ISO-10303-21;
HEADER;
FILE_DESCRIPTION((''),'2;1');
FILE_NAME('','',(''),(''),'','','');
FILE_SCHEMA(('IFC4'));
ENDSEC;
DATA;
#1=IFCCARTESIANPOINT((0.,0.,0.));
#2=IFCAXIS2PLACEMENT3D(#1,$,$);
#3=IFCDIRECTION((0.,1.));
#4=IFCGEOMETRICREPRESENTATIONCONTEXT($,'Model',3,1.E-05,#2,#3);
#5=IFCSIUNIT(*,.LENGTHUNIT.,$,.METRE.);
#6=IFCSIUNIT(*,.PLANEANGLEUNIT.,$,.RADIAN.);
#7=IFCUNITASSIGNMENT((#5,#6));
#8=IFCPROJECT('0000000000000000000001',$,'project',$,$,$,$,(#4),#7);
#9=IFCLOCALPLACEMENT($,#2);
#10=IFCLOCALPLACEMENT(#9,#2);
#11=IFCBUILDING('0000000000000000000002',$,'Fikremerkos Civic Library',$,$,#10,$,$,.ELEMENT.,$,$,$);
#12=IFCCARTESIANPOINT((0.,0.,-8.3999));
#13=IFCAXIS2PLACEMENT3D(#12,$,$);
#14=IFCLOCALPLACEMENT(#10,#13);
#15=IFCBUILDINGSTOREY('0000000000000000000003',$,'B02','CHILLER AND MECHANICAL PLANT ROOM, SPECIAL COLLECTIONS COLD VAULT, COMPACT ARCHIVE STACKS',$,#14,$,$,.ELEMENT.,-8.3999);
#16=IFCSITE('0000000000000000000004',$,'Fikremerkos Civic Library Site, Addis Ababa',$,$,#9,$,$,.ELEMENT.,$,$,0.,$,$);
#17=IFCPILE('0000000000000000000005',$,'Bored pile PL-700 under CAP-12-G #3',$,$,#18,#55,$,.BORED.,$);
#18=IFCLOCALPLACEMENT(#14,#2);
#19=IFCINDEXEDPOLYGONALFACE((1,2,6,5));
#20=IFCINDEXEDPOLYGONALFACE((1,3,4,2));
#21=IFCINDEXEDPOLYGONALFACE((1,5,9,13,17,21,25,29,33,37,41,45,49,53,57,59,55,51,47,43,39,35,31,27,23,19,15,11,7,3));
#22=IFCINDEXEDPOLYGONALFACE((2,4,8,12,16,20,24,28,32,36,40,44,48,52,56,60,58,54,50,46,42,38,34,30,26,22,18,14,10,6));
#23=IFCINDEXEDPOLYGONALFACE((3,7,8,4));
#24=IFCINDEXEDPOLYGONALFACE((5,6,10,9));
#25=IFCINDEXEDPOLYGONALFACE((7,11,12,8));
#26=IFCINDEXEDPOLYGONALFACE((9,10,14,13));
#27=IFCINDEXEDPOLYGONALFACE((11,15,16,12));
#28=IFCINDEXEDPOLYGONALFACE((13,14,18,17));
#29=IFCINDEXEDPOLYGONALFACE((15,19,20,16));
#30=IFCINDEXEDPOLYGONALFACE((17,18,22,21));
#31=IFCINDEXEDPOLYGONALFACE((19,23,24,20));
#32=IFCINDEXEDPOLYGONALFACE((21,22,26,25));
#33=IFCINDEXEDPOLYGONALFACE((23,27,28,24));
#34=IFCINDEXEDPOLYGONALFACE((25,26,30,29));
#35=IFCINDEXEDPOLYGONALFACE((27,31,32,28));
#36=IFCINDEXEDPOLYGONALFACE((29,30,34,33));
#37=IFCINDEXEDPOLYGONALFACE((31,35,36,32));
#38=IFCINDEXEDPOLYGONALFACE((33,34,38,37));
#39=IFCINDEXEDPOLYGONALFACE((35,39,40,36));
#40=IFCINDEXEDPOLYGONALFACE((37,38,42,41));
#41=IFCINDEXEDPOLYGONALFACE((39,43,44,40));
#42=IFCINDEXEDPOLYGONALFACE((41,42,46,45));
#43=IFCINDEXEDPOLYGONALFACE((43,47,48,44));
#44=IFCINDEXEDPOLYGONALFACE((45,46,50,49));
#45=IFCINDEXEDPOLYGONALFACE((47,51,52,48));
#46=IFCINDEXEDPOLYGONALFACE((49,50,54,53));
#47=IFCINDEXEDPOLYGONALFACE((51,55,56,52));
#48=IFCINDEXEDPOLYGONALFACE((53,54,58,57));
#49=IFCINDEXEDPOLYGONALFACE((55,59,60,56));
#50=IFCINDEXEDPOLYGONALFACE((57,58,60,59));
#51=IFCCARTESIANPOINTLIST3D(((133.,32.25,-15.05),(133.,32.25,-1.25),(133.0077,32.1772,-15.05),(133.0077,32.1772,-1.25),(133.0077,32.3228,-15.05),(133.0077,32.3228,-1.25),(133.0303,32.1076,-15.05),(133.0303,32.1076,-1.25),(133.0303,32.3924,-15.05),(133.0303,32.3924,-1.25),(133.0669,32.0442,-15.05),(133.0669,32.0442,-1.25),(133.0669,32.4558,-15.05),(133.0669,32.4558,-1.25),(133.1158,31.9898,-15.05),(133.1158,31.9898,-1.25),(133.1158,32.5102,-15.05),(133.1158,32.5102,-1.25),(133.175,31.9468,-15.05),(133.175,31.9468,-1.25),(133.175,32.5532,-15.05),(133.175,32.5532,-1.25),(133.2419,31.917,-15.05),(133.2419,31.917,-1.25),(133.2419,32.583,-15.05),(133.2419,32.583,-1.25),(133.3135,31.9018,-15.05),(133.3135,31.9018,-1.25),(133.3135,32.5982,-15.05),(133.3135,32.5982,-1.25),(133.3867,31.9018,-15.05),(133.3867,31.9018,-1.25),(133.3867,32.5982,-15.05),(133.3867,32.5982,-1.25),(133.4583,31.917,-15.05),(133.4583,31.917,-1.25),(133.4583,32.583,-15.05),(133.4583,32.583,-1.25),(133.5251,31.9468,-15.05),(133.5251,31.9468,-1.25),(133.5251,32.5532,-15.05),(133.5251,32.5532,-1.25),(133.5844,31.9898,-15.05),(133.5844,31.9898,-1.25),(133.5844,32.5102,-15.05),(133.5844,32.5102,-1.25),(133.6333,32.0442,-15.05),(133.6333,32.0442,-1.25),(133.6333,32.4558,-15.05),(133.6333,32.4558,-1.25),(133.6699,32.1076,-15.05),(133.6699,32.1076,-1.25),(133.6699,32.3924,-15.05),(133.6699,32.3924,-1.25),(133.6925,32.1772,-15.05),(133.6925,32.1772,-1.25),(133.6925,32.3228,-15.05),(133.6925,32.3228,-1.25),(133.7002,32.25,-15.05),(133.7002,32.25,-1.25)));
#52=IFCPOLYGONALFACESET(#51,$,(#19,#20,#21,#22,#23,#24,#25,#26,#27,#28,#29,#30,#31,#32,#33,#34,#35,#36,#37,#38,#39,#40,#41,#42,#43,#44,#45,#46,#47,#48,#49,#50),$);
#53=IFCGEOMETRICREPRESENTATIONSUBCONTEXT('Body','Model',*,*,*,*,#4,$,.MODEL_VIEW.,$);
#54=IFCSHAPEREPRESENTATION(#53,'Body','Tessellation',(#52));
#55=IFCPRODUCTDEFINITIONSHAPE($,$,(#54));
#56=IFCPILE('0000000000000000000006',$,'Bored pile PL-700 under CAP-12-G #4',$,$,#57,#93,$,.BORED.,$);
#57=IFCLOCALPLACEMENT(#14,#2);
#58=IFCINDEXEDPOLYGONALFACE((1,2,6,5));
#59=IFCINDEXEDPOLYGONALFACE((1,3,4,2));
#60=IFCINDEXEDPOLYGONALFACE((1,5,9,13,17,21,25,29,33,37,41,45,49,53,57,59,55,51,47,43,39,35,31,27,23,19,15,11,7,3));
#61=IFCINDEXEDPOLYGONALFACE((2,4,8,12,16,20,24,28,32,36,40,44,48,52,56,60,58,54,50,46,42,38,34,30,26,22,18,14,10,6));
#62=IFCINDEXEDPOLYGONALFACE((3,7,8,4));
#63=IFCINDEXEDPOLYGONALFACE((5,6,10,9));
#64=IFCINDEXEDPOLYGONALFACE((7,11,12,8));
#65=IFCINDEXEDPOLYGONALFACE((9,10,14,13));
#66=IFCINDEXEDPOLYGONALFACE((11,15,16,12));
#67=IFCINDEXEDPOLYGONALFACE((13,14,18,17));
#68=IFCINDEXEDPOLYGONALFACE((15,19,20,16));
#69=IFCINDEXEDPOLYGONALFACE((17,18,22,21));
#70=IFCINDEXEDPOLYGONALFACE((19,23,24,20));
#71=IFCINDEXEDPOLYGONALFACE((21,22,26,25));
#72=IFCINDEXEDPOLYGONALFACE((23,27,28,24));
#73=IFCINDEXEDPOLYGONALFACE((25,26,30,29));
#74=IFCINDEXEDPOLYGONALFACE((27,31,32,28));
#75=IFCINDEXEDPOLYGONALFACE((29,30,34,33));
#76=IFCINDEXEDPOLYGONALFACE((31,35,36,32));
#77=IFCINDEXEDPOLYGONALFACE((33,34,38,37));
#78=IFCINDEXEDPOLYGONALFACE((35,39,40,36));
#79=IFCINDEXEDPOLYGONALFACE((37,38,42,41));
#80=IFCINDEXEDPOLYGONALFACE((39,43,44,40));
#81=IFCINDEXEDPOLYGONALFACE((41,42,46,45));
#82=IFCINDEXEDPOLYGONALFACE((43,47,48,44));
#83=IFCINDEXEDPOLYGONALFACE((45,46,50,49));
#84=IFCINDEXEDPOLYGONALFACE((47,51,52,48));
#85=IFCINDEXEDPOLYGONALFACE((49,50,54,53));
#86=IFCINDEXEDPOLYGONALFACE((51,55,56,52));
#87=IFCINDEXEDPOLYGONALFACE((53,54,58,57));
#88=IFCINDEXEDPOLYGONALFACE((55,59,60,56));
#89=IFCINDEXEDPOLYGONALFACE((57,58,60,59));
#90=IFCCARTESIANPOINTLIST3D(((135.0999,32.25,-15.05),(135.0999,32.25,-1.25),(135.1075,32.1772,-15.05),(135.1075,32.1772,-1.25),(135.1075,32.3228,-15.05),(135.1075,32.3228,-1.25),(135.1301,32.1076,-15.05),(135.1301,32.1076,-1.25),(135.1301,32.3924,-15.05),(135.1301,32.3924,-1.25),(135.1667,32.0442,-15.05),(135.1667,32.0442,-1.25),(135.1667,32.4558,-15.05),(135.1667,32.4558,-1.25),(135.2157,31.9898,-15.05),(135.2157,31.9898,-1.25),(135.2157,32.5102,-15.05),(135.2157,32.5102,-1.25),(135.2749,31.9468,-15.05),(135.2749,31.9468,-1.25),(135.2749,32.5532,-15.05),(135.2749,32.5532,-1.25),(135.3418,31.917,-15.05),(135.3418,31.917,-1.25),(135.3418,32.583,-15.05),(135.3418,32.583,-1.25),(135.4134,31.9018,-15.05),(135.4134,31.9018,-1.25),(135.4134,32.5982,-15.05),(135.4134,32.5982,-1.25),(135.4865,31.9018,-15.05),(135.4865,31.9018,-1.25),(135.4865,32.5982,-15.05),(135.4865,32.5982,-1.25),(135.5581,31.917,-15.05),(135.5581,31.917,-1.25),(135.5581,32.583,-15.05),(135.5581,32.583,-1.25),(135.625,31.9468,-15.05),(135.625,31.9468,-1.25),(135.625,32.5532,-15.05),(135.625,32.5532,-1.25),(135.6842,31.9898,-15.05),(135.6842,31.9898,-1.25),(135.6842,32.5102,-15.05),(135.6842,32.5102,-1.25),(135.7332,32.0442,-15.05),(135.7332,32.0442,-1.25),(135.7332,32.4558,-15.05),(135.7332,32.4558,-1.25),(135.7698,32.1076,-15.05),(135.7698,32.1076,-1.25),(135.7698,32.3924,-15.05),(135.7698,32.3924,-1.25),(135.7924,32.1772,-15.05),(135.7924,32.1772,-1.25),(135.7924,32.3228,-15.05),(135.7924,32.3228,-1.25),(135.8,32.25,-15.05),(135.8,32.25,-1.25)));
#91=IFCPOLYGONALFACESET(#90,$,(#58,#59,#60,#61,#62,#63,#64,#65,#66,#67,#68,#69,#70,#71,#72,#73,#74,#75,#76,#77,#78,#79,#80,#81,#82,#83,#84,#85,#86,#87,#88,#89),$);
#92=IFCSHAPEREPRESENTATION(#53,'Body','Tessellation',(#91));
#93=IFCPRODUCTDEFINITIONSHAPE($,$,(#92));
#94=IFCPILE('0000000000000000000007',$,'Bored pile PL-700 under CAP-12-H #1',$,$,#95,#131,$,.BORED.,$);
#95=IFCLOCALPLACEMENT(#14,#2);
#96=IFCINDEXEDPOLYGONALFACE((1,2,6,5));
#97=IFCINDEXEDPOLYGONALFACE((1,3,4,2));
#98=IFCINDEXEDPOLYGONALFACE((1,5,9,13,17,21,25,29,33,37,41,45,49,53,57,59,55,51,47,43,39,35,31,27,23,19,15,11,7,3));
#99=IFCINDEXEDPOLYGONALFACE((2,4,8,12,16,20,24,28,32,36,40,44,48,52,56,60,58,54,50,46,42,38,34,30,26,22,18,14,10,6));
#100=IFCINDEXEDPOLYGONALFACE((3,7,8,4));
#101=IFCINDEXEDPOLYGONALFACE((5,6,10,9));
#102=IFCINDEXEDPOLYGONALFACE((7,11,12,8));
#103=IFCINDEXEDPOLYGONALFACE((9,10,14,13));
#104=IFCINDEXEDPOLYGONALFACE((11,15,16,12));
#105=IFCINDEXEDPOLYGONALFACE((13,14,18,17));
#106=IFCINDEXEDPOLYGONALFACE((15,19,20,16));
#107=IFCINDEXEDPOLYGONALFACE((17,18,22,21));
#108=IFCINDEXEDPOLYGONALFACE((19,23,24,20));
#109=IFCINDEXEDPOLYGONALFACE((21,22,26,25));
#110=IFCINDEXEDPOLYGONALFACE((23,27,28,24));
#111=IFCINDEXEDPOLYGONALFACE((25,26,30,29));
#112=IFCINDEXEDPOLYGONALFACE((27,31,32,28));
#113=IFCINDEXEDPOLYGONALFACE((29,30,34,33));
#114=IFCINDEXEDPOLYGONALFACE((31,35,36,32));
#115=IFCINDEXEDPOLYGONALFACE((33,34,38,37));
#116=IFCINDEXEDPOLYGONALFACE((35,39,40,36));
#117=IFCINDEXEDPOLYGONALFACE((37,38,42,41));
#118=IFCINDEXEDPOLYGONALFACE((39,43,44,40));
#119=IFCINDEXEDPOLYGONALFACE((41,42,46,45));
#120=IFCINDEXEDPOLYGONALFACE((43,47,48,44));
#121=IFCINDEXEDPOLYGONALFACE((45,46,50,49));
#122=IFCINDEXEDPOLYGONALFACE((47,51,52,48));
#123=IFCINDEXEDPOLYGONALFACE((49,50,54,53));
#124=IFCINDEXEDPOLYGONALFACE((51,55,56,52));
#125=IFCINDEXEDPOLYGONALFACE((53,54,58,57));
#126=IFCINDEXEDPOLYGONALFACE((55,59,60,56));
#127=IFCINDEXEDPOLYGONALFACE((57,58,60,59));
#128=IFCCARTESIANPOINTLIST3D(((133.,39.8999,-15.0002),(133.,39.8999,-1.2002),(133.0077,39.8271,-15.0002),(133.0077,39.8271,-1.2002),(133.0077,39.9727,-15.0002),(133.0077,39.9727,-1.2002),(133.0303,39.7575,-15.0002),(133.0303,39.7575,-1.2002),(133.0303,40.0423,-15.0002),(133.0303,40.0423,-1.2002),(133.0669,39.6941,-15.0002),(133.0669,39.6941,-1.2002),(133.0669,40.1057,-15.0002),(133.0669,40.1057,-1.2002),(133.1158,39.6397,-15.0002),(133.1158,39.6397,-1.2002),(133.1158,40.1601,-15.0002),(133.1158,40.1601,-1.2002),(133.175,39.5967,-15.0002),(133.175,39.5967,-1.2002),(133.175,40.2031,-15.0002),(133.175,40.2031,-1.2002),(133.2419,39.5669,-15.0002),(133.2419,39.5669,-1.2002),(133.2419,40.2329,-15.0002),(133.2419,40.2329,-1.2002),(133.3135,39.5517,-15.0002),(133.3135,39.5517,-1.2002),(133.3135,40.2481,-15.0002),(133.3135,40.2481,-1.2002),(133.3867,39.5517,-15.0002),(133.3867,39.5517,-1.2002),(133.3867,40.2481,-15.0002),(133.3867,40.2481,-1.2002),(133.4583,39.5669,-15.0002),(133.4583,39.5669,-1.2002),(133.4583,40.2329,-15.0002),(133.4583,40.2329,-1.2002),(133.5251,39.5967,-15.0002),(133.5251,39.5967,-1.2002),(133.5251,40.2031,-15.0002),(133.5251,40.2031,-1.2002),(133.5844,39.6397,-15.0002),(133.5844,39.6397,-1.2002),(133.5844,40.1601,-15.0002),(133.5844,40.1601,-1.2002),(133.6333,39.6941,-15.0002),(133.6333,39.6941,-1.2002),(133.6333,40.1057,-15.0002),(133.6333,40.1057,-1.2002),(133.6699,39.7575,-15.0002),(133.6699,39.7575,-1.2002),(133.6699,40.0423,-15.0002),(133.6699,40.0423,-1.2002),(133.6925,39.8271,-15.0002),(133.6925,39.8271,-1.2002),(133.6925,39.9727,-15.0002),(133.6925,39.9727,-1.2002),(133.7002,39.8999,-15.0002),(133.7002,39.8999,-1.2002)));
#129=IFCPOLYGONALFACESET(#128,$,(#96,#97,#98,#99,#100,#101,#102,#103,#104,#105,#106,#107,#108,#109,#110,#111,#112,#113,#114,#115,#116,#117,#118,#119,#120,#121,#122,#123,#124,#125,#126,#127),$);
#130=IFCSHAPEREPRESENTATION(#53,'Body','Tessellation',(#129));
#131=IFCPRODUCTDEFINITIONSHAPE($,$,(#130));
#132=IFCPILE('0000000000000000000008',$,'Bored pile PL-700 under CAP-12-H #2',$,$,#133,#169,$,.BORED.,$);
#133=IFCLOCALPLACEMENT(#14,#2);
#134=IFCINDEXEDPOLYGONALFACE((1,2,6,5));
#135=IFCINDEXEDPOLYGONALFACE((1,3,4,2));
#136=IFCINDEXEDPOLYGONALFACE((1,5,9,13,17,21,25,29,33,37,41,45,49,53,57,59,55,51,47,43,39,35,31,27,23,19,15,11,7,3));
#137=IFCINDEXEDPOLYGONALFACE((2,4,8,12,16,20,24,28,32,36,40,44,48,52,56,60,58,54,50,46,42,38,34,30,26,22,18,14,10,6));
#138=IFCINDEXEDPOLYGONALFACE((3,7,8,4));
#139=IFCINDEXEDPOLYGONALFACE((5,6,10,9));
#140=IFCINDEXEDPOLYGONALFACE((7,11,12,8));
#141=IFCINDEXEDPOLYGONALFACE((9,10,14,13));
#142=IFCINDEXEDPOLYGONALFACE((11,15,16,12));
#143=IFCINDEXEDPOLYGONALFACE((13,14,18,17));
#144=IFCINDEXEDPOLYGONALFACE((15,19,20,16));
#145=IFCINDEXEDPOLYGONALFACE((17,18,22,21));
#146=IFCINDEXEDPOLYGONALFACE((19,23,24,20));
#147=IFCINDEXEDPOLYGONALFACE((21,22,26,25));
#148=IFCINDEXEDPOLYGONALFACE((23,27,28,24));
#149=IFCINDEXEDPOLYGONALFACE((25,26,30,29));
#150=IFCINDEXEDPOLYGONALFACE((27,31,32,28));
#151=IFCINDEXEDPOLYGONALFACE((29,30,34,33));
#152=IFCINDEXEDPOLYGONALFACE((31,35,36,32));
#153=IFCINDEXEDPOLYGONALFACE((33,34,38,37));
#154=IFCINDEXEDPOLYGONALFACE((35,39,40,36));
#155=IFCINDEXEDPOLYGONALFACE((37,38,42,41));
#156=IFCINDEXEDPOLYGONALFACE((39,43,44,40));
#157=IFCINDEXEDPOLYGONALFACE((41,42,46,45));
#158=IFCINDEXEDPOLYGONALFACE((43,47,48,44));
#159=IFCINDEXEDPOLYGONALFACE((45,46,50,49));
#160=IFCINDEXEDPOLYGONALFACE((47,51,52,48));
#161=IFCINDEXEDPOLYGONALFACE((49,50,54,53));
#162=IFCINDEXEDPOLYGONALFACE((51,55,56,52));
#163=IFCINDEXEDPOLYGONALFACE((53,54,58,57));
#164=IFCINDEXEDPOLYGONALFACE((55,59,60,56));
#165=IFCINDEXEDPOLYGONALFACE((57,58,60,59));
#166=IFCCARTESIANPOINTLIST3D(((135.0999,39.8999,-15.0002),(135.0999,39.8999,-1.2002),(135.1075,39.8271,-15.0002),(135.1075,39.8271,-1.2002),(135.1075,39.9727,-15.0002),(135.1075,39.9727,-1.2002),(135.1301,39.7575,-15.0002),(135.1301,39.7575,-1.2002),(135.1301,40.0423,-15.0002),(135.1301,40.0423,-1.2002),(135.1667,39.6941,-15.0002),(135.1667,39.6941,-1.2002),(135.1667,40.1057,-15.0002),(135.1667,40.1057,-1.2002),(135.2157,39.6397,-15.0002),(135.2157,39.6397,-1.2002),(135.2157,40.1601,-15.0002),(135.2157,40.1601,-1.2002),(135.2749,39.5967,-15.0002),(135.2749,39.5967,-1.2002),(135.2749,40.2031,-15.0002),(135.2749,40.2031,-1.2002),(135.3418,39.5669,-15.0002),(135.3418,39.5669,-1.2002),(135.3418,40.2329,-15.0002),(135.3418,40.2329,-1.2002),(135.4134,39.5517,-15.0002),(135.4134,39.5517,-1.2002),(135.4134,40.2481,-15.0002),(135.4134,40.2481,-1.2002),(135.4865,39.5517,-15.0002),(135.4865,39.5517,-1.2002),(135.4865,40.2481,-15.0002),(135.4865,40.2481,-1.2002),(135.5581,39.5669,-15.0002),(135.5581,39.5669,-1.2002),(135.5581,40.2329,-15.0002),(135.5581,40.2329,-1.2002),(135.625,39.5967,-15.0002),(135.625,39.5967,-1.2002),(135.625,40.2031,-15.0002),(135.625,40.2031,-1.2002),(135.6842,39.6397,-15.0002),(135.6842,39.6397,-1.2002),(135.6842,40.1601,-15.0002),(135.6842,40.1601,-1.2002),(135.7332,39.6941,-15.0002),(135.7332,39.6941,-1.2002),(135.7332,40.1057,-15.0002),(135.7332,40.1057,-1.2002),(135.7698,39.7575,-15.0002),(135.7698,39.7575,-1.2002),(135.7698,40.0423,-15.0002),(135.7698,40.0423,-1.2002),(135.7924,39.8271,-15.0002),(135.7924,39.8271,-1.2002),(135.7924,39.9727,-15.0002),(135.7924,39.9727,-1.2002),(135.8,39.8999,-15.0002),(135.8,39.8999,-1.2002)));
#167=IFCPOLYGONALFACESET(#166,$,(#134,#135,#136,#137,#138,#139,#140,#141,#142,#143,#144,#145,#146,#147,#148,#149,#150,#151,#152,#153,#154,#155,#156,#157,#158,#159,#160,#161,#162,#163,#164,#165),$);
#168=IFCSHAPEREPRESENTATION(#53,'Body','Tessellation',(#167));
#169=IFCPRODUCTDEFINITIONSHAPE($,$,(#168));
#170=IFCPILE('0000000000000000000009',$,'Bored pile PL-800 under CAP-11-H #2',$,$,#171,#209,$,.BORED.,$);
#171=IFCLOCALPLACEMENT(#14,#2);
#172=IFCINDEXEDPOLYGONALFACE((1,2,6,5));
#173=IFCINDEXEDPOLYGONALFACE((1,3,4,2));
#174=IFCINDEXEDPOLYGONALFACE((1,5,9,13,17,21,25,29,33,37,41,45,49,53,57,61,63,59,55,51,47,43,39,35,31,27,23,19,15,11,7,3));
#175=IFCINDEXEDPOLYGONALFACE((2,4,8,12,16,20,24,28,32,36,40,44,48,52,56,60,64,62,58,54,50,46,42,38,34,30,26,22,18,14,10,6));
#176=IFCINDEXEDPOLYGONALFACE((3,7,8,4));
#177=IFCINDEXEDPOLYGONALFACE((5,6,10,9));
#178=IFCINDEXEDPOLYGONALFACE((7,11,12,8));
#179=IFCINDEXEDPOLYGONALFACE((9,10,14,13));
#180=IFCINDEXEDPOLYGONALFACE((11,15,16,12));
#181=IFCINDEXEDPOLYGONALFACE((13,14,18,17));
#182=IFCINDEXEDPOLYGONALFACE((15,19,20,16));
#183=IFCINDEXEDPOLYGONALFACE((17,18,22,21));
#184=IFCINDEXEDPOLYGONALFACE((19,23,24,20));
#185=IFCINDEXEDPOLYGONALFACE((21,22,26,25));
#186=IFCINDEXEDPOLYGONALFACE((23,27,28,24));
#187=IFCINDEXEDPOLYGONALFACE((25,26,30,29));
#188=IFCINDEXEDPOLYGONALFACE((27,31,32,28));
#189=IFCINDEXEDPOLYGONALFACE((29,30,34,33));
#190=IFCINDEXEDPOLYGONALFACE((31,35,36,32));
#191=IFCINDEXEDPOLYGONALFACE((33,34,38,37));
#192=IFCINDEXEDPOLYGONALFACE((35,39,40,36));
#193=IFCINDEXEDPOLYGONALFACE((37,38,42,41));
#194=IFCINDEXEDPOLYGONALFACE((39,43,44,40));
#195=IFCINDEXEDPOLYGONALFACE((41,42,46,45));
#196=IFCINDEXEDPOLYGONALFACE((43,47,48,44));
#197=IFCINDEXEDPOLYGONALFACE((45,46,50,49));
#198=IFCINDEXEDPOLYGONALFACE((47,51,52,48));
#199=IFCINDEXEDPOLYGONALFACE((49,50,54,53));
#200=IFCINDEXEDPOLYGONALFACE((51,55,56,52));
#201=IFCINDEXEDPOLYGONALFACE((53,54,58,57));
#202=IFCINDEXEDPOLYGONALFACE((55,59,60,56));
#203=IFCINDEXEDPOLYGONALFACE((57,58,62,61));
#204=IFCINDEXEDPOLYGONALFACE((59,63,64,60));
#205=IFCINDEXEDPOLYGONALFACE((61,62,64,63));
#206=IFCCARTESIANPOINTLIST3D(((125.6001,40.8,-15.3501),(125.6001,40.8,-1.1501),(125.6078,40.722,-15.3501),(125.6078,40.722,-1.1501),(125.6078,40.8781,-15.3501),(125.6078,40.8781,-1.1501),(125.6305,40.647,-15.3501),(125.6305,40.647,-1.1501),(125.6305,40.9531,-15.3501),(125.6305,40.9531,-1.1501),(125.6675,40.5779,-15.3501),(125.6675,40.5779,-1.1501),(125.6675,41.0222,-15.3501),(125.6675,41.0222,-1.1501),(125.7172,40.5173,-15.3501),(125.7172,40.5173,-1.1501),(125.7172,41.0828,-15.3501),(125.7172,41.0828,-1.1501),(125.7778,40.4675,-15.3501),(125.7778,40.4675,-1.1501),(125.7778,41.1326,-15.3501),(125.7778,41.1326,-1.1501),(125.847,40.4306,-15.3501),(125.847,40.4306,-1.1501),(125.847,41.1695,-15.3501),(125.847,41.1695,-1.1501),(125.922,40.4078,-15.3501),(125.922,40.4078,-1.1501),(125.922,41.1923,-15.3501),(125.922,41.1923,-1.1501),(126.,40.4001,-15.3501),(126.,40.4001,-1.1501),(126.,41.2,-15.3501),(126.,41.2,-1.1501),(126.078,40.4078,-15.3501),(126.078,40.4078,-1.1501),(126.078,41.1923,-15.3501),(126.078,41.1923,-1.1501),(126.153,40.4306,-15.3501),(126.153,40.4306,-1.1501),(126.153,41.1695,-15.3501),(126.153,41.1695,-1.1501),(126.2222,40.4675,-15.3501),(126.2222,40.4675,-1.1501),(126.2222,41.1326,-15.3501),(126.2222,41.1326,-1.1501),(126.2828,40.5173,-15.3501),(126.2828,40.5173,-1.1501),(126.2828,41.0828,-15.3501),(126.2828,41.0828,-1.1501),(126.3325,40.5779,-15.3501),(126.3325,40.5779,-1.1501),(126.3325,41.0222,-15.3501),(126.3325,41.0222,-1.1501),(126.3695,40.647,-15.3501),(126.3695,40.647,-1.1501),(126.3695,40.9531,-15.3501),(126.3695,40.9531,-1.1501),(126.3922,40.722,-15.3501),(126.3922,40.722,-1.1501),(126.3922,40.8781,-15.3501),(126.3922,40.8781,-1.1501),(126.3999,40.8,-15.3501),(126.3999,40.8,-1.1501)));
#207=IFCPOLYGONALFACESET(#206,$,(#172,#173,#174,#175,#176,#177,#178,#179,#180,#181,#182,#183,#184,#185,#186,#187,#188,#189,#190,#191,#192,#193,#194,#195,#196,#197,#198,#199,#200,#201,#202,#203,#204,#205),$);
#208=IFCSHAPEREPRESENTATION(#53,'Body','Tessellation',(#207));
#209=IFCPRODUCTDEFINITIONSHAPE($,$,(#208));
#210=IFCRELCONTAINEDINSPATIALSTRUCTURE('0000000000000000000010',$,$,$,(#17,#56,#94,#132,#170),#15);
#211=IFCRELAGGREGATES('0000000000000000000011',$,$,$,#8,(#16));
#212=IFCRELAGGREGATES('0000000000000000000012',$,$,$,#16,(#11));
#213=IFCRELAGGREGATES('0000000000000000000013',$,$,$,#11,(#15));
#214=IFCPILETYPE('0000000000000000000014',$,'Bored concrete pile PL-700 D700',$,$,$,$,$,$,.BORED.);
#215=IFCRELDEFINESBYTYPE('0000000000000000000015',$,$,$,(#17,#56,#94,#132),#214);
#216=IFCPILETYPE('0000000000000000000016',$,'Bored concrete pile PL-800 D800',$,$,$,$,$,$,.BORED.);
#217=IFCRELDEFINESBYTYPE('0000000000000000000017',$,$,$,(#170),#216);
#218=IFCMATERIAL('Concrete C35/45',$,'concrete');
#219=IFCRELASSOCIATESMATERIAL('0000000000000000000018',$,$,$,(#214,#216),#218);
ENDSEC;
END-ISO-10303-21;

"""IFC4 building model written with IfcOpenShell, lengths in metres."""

from ifc_helpers import new_model, si_unit, direction, frame, origin, origin_2d, place, context, subcontext, project, spatial, circle, extrude, material, material_profile, profile_set, type_object, element, save


model = new_model("IFC4")

# Units and contexts
model_context = context("Model", 3, precision=1e-05, world=origin(), true_north=direction((0.0, 1.0)))
body_context = subcontext(model_context, "Body", "Model", "MODEL_VIEW")
ifc_project = project(units=[si_unit("LENGTHUNIT", "METRE"), si_unit("PLANEANGLEUNIT", "RADIAN")], contexts=[model_context])

# Site, building, storey
site_placement = place(None, origin())
site = spatial("IfcSite", under=ifc_project, at=site_placement, Name="Fikremerkos Civic Library Site, Addis Ababa", CompositionType="ELEMENT", RefElevation=0.0)
building_placement = place(site_placement, origin())
building = spatial("IfcBuilding", under=site, at=building_placement, Name="Fikremerkos Civic Library", CompositionType="ELEMENT")
storey_placement = place(building_placement, frame((0.0, 0.0, -8.3999)))
storey = spatial("IfcBuildingStorey", under=building, at=storey_placement, Name="B02", Description="CHILLER AND MECHANICAL PLANT ROOM, SPECIAL COLLECTIONS COLD VAULT, COMPACT ARCHIVE STACKS", CompositionType="ELEMENT", Elevation=-8.3999)

# Piles
ifc_material_1 = material(Name="Concrete C35/45", Category="concrete")
ifc_material_profile_1 = material_profile(ifc_material_1, circle(Radius=0.3501, at=origin_2d()), Name="BORED PILE 700")
ifc_profile_set_1 = profile_set([ifc_material_profile_1], Name="Concrete C35/45")
pile_type_1 = type_object("IfcPileType", Name="Bored concrete pile PL-700 D700", PredefinedType="BORED", material=ifc_profile_set_1)
for number, where, z_axis, x_axis, name in (
    (1, (133.3501, 32.25, -1.25), (0.0, 0.0, -1.0), (1.0, 0.0, 0.0), "Bored pile PL-700 under CAP-12-G #3"),
    (2, (135.45, 32.25, -1.25), (0.0, 0.0, -1.0), (1.0, 0.0, 0.0), "Bored pile PL-700 under CAP-12-G #4"),
    (3, (133.3501, 39.8999, -1.2002), (0.0, 0.0, -1.0), (1.0, 0.0, 0.0), "Bored pile PL-700 under CAP-12-H #1"),
    (4, (135.45, 39.8999, -1.2002), (0.0, 0.0, -1.0), (1.0, 0.0, 0.0), "Bored pile PL-700 under CAP-12-H #2"),
):
    element("IfcPile", number, at=place(storey_placement, frame(where, z_axis=z_axis, x_axis=x_axis)), inside=storey, type_object=pile_type_1, Name=name, PredefinedType="BORED", context=body_context, shape_type="SweptSolid", body=[
        extrude(circle(Radius=0.3501, at=origin_2d()), origin(), (0.0, 0.0, 1.0), 13.8),
    ])
ifc_material_profile_2 = material_profile(ifc_material_1, circle(Radius=0.3999, at=origin_2d()), Name="BORED PILE 800")
ifc_profile_set_2 = profile_set([ifc_material_profile_2], Name="Concrete C35/45")
pile_type_2 = type_object("IfcPileType", Name="Bored concrete pile PL-800 D800", PredefinedType="BORED", material=ifc_profile_set_2)
pile_placement = place(storey_placement, frame((126.0, 40.8, -1.1501), z_axis=(0.0, 0.0, -1.0), x_axis=(1.0, 0.0, 0.0)))
element("IfcPile", 5, at=pile_placement, inside=storey, type_object=pile_type_2, Name="Bored pile PL-800 under CAP-11-H #2", PredefinedType="BORED", context=body_context, shape_type="SweptSolid", body=[
    extrude(circle(Radius=0.3999, at=origin_2d()), origin(), (0.0, 0.0, 1.0), 14.2),
])

save(model, "model.ifc")
